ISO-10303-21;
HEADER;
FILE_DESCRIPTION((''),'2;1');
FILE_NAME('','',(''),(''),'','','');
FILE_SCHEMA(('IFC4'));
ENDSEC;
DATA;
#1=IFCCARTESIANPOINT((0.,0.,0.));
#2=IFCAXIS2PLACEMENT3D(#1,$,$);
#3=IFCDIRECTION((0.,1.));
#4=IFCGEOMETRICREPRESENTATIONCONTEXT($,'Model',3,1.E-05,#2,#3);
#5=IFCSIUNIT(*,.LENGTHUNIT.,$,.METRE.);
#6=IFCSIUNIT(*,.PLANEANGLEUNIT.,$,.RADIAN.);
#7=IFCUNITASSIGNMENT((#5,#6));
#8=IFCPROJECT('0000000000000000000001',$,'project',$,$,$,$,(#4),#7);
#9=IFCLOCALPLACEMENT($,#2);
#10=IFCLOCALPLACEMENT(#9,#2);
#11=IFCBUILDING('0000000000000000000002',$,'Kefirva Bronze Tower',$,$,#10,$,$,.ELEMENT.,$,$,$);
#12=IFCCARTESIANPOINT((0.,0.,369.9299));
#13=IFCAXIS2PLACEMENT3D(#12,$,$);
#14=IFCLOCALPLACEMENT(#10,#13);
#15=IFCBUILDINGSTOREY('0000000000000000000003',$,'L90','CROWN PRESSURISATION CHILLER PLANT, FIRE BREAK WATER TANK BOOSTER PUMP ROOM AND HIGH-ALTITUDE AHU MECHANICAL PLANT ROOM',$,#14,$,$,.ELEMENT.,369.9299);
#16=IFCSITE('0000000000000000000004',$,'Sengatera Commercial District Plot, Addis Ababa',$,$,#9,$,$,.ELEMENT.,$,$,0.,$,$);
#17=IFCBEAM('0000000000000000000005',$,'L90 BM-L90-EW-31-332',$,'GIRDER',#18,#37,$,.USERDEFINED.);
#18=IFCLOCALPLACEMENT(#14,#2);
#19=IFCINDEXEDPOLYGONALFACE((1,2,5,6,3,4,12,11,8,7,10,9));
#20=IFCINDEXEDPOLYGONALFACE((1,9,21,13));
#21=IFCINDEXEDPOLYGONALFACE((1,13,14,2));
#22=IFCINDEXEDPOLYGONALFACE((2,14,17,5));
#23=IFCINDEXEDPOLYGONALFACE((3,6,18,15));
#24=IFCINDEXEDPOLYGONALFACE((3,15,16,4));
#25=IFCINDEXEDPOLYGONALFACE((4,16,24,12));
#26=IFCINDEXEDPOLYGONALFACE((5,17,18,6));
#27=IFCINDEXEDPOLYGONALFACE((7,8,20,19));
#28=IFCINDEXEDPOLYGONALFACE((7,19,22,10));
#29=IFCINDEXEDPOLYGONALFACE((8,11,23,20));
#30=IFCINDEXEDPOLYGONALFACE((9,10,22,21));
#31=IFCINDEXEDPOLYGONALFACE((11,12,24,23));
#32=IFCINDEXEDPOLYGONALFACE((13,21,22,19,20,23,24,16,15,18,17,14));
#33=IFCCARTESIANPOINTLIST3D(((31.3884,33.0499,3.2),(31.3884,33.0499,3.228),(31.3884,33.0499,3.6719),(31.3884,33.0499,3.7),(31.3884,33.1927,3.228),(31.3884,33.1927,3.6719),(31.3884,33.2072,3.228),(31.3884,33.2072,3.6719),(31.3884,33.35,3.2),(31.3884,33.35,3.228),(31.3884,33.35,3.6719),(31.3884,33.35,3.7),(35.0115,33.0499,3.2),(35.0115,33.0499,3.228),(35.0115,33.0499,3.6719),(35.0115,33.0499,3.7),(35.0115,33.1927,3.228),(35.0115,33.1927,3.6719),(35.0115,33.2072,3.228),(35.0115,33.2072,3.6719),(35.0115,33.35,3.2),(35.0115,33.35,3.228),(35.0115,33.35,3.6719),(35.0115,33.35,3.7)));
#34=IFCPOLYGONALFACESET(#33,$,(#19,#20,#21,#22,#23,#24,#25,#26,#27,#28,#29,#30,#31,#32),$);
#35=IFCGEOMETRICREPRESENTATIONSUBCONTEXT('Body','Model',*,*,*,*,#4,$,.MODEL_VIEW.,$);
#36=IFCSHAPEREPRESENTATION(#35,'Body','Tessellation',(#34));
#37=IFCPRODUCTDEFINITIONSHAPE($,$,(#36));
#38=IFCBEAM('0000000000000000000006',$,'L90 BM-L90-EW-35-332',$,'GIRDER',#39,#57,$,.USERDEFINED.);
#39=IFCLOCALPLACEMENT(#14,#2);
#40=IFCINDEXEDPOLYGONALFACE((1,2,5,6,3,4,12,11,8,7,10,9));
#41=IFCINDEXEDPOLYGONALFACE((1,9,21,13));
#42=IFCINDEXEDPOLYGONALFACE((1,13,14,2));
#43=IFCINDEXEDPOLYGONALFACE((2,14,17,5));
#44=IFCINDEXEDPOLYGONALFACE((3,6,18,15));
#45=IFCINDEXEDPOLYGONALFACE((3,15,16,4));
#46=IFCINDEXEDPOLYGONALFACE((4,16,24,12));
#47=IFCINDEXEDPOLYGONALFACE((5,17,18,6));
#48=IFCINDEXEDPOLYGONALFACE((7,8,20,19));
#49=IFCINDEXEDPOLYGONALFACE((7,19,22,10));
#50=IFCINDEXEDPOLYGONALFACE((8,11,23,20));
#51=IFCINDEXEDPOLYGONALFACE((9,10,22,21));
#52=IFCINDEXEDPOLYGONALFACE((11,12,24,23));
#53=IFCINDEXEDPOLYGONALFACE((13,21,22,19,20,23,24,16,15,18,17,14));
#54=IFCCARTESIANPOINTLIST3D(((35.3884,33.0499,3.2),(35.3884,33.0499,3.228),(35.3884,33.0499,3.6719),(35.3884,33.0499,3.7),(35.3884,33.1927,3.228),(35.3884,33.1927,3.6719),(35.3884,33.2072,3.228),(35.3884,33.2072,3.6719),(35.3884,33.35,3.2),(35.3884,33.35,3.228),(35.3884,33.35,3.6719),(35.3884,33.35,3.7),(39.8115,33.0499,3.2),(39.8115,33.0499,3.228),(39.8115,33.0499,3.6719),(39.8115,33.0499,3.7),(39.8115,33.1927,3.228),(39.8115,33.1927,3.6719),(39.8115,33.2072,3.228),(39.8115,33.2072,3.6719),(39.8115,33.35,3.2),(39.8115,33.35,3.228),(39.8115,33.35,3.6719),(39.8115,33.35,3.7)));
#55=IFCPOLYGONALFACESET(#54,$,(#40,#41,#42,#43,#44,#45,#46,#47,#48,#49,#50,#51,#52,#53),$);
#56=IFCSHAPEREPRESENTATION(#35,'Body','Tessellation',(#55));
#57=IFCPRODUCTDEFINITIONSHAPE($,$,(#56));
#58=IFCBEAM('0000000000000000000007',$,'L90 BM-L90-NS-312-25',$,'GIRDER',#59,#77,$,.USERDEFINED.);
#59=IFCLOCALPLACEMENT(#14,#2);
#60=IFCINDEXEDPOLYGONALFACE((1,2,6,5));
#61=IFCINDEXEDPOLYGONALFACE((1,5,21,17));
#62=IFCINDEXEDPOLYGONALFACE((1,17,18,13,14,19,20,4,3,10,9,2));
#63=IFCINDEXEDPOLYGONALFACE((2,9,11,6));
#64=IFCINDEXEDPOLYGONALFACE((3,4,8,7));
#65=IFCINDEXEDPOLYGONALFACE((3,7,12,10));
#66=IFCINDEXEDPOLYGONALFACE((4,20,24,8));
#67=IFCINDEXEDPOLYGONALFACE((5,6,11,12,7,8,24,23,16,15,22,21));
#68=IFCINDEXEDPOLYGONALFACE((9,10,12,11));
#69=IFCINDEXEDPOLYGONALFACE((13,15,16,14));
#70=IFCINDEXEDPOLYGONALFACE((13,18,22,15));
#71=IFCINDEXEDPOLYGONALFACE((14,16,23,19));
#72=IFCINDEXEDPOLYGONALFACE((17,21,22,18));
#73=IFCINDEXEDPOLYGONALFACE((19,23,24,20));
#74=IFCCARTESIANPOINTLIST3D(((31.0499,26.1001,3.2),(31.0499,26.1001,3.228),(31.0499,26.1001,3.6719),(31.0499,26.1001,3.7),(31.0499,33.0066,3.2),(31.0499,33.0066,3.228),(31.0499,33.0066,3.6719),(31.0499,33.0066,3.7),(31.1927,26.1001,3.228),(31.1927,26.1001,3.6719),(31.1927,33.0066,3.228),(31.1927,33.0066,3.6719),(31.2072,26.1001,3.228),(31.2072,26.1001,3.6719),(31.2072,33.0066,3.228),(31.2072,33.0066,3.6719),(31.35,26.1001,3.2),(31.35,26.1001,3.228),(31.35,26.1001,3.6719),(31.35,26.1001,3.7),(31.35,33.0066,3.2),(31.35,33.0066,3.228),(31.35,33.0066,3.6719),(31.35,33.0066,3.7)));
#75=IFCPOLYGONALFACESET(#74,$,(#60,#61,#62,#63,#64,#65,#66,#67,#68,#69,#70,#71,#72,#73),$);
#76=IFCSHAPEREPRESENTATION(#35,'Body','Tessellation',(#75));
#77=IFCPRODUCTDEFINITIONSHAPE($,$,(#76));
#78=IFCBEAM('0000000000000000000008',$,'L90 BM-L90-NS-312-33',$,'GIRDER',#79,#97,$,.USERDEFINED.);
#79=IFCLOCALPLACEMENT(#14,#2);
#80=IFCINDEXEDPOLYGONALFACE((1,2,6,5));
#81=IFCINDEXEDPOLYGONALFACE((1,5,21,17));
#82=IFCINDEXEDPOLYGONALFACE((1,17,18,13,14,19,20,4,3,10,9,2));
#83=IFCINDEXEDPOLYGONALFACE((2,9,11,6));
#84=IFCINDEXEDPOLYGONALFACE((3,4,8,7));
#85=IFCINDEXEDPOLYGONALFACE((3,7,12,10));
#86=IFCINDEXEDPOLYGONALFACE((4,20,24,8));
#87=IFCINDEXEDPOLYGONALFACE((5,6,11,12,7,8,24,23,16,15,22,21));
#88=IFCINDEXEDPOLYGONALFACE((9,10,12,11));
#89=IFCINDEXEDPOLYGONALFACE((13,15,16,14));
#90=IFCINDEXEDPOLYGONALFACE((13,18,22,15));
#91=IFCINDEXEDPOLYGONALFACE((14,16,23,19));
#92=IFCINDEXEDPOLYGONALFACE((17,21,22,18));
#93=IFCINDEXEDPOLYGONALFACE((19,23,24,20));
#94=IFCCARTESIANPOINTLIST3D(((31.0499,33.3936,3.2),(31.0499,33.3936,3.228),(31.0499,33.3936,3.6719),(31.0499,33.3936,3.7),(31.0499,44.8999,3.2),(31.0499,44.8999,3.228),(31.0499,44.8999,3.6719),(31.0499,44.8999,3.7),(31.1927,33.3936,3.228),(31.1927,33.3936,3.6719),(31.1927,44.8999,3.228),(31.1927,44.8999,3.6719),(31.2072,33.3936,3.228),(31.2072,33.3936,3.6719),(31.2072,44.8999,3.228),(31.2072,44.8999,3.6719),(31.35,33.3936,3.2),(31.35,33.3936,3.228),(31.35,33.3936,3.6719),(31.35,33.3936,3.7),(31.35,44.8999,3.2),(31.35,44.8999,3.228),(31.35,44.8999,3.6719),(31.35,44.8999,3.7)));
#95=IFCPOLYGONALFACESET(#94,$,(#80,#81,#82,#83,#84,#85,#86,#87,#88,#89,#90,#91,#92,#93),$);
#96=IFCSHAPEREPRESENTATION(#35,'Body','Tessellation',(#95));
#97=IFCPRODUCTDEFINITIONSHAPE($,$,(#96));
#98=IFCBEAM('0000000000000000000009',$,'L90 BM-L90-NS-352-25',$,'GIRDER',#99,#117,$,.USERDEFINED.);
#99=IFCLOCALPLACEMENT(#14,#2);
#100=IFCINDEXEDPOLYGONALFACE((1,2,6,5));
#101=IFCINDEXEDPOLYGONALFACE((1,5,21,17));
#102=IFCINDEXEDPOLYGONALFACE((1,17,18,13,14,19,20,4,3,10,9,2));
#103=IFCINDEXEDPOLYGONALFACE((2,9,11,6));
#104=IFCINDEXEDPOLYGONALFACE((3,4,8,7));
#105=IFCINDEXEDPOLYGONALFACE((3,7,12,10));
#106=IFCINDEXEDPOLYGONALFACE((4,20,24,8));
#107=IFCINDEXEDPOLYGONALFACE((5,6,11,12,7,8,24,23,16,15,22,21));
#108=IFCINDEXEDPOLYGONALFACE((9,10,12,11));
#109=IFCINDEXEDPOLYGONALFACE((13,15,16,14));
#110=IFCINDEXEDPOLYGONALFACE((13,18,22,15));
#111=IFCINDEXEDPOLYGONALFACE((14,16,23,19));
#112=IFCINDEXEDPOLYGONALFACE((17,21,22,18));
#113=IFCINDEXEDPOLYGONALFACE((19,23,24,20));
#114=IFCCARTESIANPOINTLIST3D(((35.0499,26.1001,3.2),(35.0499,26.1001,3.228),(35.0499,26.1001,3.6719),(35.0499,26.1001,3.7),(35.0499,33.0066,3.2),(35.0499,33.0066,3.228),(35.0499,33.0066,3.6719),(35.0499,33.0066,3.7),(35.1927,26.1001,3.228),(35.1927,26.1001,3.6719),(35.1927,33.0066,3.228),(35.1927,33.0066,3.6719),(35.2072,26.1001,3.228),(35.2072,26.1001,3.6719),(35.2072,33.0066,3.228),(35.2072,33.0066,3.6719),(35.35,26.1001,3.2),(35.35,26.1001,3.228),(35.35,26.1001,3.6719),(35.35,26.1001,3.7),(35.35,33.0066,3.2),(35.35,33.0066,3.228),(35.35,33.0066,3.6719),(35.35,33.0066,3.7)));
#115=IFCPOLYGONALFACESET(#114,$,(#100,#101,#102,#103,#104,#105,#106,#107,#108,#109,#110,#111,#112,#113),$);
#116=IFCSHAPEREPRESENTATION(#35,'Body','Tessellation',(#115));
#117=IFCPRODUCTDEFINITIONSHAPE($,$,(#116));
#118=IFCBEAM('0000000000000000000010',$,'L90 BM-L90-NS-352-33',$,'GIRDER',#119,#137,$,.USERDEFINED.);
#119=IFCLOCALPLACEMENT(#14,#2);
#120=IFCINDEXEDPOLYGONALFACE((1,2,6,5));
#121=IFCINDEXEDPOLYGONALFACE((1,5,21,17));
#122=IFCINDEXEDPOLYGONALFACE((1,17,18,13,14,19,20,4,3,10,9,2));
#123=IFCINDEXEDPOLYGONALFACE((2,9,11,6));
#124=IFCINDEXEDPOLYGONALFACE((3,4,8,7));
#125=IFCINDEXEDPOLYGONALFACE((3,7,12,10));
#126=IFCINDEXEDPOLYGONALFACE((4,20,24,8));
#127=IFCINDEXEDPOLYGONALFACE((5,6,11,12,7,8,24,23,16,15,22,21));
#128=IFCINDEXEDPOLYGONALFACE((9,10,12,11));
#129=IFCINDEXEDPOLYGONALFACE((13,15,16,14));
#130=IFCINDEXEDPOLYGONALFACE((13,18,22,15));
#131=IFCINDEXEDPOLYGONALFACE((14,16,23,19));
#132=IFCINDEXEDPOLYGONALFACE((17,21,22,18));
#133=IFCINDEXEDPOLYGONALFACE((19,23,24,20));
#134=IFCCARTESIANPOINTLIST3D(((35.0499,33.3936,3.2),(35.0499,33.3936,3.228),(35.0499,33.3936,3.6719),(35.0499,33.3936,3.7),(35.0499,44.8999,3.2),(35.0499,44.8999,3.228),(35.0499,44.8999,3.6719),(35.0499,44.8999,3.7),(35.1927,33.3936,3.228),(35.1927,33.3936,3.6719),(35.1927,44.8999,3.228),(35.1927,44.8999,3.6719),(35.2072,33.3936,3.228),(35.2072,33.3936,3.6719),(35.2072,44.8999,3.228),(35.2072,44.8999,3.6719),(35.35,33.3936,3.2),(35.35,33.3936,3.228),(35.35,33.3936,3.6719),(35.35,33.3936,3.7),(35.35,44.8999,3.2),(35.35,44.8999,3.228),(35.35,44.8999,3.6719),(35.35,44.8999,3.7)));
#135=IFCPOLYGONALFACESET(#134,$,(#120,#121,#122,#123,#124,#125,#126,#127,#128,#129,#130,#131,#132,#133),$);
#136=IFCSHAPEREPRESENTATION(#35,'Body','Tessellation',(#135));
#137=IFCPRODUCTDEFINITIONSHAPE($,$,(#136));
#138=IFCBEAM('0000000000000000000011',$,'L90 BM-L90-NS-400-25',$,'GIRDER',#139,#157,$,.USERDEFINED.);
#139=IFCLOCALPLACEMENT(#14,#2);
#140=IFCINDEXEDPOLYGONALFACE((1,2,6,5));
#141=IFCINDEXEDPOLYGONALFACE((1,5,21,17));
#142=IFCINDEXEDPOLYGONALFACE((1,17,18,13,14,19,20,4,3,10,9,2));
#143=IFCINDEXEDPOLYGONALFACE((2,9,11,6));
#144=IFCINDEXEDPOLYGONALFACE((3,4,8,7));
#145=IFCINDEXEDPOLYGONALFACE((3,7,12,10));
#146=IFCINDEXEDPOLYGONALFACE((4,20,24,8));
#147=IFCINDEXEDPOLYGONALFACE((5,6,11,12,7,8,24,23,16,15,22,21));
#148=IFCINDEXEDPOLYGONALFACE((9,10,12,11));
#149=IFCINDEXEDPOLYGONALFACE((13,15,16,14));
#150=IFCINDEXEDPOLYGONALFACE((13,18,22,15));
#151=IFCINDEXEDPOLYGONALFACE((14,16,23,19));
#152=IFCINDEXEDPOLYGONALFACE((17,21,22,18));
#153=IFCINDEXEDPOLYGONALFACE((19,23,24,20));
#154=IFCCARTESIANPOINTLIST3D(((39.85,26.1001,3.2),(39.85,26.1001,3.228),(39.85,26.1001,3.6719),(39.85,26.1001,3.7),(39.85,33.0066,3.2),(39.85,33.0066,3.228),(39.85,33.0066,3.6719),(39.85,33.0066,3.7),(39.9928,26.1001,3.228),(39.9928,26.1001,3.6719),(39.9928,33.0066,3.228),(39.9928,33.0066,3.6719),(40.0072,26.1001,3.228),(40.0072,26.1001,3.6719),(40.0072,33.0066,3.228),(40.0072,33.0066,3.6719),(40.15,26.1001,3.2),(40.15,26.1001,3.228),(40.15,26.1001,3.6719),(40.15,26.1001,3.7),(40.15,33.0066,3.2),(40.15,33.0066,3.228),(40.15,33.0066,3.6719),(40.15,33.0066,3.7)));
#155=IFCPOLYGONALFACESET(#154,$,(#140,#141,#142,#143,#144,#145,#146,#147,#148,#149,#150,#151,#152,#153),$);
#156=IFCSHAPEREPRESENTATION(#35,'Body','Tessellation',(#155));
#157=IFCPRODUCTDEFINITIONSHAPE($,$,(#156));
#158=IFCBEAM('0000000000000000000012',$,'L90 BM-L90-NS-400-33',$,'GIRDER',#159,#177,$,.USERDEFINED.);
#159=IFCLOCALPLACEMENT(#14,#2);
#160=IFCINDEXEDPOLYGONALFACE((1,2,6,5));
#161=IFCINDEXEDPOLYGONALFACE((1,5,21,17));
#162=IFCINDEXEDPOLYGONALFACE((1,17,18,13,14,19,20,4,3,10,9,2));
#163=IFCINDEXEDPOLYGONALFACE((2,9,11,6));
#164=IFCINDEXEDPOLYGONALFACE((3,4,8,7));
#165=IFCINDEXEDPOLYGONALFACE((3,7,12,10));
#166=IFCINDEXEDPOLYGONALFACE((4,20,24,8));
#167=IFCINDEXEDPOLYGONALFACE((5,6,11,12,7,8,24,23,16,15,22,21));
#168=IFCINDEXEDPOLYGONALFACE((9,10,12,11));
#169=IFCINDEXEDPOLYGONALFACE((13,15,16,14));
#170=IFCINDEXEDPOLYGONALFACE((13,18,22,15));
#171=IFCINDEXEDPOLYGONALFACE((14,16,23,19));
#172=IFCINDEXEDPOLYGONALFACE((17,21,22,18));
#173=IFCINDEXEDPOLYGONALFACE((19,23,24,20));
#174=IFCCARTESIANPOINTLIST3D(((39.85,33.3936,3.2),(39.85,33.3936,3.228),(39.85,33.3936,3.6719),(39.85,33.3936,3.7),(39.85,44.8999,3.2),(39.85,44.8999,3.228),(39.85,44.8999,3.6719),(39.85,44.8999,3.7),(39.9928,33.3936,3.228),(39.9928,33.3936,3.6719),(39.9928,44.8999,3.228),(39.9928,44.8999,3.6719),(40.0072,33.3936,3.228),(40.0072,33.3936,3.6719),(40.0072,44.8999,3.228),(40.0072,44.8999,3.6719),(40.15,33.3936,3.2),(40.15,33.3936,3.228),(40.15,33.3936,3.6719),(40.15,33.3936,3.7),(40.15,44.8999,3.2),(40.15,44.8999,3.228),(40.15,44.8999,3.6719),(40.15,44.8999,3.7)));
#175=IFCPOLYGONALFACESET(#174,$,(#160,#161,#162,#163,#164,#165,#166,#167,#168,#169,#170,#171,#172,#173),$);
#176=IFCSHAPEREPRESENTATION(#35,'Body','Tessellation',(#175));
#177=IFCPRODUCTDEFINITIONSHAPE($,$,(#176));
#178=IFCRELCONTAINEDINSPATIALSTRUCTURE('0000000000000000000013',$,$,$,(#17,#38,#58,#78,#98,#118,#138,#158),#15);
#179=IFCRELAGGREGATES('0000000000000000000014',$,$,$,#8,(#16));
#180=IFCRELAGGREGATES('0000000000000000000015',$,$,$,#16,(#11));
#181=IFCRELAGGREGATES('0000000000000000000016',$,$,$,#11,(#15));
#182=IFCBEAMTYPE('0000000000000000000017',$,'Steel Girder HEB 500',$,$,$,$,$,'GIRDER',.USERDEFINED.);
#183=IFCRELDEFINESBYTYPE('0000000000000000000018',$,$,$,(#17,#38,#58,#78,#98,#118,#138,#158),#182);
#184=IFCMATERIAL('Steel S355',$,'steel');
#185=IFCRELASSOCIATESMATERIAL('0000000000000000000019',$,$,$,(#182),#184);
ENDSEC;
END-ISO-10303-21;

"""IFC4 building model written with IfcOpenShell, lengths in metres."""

from ifc_helpers import new_model, si_unit, direction, frame, origin, origin_2d, place, context, subcontext, project, spatial, i_section, extrude, material, material_profile, profile_set, type_object, element, save


model = new_model("IFC4")

# Units and contexts
model_context = context("Model", 3, precision=1e-05, world=origin(), true_north=direction((0.0, 1.0)))
body_context = subcontext(model_context, "Body", "Model", "MODEL_VIEW")
ifc_project = project(units=[si_unit("LENGTHUNIT", "METRE"), si_unit("PLANEANGLEUNIT", "RADIAN")], contexts=[model_context])

# Site, building, storey
site_placement = place(None, origin())
site = spatial("IfcSite", under=ifc_project, at=site_placement, Name="Sengatera Commercial District Plot, Addis Ababa", CompositionType="ELEMENT", RefElevation=0.0)
building_placement = place(site_placement, origin())
building = spatial("IfcBuilding", under=site, at=building_placement, Name="Kefirva Bronze Tower", CompositionType="ELEMENT")
storey_placement = place(building_placement, frame((0.0, 0.0, 369.9299)))
storey = spatial("IfcBuildingStorey", under=building, at=storey_placement, Name="L90", Description="CROWN PRESSURISATION CHILLER PLANT, FIRE BREAK WATER TANK BOOSTER PUMP ROOM AND HIGH-ALTITUDE AHU MECHANICAL PLANT ROOM", CompositionType="ELEMENT", Elevation=369.9299)

# Beams
ifc_material_1 = material(Name="Steel S355", Category="steel")
ifc_material_profile_1 = material_profile(ifc_material_1, i_section(OverallWidth=0.3, OverallDepth=0.5, WebThickness=0.0144, FlangeThickness=0.0281, at=origin_2d()), Name="HEB 500")
ifc_profile_set_1 = profile_set([ifc_material_profile_1], Name="Steel S355")
beam_type_1 = type_object("IfcBeamType", Name="Steel Girder HEB 500", ElementType="GIRDER", PredefinedType="USERDEFINED", material=ifc_profile_set_1)
beam_1_placement = place(storey_placement, frame((31.3884, 33.2, 3.45), z_axis=(1.0, 0.0, 0.0), x_axis=(0.0, 1.0, 0.0)))
element("IfcBeam", 1, at=beam_1_placement, inside=storey, type_object=beam_type_1, Name="L90 BM-L90-EW-31-332", ObjectType="GIRDER", PredefinedType="USERDEFINED", context=body_context, shape_type="SweptSolid", body=[
    extrude(i_section(OverallWidth=0.3, OverallDepth=0.5, WebThickness=0.0144, FlangeThickness=0.0281, at=origin_2d()), origin(), (0.0, 0.0, 1.0), 3.623),
])
beam_2_placement = place(storey_placement, frame((35.3884, 33.2, 3.45), z_axis=(1.0, 0.0, 0.0), x_axis=(0.0, 1.0, 0.0)))
element("IfcBeam", 2, at=beam_2_placement, inside=storey, type_object=beam_type_1, Name="L90 BM-L90-EW-35-332", ObjectType="GIRDER", PredefinedType="USERDEFINED", context=body_context, shape_type="SweptSolid", body=[
    extrude(i_section(OverallWidth=0.3, OverallDepth=0.5, WebThickness=0.0144, FlangeThickness=0.0281, at=origin_2d()), origin(), (0.0, 0.0, 1.0), 4.4231),
])
beam_3_placement = place(storey_placement, frame((31.2, 26.1001, 3.45), z_axis=(0.0, 1.0, 0.0), x_axis=(-1.0, 0.0, 0.0)))
element("IfcBeam", 3, at=beam_3_placement, inside=storey, type_object=beam_type_1, Name="L90 BM-L90-NS-312-25", ObjectType="GIRDER", PredefinedType="USERDEFINED", context=body_context, shape_type="SweptSolid", body=[
    extrude(i_section(OverallWidth=0.3, OverallDepth=0.5, WebThickness=0.0144, FlangeThickness=0.0281, at=origin_2d()), origin(), (0.0, 0.0, 1.0), 6.9065),
])
beam_4_placement = place(storey_placement, frame((31.2, 33.3936, 3.45), z_axis=(0.0, 1.0, 0.0), x_axis=(-1.0, 0.0, 0.0)))
element("IfcBeam", 4, at=beam_4_placement, inside=storey, type_object=beam_type_1, Name="L90 BM-L90-NS-312-33", ObjectType="GIRDER", PredefinedType="USERDEFINED", context=body_context, shape_type="SweptSolid", body=[
    extrude(i_section(OverallWidth=0.3, OverallDepth=0.5, WebThickness=0.0144, FlangeThickness=0.0281, at=origin_2d()), origin(), (0.0, 0.0, 1.0), 11.5063),
])
beam_5_placement = place(storey_placement, frame((35.2, 26.1001, 3.45), z_axis=(0.0, 1.0, 0.0), x_axis=(-1.0, 0.0, 0.0)))
element("IfcBeam", 5, at=beam_5_placement, inside=storey, type_object=beam_type_1, Name="L90 BM-L90-NS-352-25", ObjectType="GIRDER", PredefinedType="USERDEFINED", context=body_context, shape_type="SweptSolid", body=[
    extrude(i_section(OverallWidth=0.3, OverallDepth=0.5, WebThickness=0.0144, FlangeThickness=0.0281, at=origin_2d()), origin(), (0.0, 0.0, 1.0), 6.9065),
])
beam_6_placement = place(storey_placement, frame((35.2, 33.3936, 3.45), z_axis=(0.0, 1.0, 0.0), x_axis=(-1.0, 0.0, 0.0)))
element("IfcBeam", 6, at=beam_6_placement, inside=storey, type_object=beam_type_1, Name="L90 BM-L90-NS-352-33", ObjectType="GIRDER", PredefinedType="USERDEFINED", context=body_context, shape_type="SweptSolid", body=[
    extrude(i_section(OverallWidth=0.3, OverallDepth=0.5, WebThickness=0.0144, FlangeThickness=0.0281, at=origin_2d()), origin(), (0.0, 0.0, 1.0), 11.5063),
])
beam_7_placement = place(storey_placement, frame((40.0, 26.1001, 3.45), z_axis=(0.0, 1.0, 0.0), x_axis=(-1.0, 0.0, 0.0)))
element("IfcBeam", 7, at=beam_7_placement, inside=storey, type_object=beam_type_1, Name="L90 BM-L90-NS-400-25", ObjectType="GIRDER", PredefinedType="USERDEFINED", context=body_context, shape_type="SweptSolid", body=[
    extrude(i_section(OverallWidth=0.3, OverallDepth=0.5, WebThickness=0.0144, FlangeThickness=0.0281, at=origin_2d()), origin(), (0.0, 0.0, 1.0), 6.9065),
])
beam_8_placement = place(storey_placement, frame((40.0, 33.3936, 3.45), z_axis=(0.0, 1.0, 0.0), x_axis=(-1.0, 0.0, 0.0)))
element("IfcBeam", 8, at=beam_8_placement, inside=storey, type_object=beam_type_1, Name="L90 BM-L90-NS-400-33", ObjectType="GIRDER", PredefinedType="USERDEFINED", context=body_context, shape_type="SweptSolid", body=[
    extrude(i_section(OverallWidth=0.3, OverallDepth=0.5, WebThickness=0.0144, FlangeThickness=0.0281, at=origin_2d()), origin(), (0.0, 0.0, 1.0), 11.5063),
])

save(model, "model.ifc")
